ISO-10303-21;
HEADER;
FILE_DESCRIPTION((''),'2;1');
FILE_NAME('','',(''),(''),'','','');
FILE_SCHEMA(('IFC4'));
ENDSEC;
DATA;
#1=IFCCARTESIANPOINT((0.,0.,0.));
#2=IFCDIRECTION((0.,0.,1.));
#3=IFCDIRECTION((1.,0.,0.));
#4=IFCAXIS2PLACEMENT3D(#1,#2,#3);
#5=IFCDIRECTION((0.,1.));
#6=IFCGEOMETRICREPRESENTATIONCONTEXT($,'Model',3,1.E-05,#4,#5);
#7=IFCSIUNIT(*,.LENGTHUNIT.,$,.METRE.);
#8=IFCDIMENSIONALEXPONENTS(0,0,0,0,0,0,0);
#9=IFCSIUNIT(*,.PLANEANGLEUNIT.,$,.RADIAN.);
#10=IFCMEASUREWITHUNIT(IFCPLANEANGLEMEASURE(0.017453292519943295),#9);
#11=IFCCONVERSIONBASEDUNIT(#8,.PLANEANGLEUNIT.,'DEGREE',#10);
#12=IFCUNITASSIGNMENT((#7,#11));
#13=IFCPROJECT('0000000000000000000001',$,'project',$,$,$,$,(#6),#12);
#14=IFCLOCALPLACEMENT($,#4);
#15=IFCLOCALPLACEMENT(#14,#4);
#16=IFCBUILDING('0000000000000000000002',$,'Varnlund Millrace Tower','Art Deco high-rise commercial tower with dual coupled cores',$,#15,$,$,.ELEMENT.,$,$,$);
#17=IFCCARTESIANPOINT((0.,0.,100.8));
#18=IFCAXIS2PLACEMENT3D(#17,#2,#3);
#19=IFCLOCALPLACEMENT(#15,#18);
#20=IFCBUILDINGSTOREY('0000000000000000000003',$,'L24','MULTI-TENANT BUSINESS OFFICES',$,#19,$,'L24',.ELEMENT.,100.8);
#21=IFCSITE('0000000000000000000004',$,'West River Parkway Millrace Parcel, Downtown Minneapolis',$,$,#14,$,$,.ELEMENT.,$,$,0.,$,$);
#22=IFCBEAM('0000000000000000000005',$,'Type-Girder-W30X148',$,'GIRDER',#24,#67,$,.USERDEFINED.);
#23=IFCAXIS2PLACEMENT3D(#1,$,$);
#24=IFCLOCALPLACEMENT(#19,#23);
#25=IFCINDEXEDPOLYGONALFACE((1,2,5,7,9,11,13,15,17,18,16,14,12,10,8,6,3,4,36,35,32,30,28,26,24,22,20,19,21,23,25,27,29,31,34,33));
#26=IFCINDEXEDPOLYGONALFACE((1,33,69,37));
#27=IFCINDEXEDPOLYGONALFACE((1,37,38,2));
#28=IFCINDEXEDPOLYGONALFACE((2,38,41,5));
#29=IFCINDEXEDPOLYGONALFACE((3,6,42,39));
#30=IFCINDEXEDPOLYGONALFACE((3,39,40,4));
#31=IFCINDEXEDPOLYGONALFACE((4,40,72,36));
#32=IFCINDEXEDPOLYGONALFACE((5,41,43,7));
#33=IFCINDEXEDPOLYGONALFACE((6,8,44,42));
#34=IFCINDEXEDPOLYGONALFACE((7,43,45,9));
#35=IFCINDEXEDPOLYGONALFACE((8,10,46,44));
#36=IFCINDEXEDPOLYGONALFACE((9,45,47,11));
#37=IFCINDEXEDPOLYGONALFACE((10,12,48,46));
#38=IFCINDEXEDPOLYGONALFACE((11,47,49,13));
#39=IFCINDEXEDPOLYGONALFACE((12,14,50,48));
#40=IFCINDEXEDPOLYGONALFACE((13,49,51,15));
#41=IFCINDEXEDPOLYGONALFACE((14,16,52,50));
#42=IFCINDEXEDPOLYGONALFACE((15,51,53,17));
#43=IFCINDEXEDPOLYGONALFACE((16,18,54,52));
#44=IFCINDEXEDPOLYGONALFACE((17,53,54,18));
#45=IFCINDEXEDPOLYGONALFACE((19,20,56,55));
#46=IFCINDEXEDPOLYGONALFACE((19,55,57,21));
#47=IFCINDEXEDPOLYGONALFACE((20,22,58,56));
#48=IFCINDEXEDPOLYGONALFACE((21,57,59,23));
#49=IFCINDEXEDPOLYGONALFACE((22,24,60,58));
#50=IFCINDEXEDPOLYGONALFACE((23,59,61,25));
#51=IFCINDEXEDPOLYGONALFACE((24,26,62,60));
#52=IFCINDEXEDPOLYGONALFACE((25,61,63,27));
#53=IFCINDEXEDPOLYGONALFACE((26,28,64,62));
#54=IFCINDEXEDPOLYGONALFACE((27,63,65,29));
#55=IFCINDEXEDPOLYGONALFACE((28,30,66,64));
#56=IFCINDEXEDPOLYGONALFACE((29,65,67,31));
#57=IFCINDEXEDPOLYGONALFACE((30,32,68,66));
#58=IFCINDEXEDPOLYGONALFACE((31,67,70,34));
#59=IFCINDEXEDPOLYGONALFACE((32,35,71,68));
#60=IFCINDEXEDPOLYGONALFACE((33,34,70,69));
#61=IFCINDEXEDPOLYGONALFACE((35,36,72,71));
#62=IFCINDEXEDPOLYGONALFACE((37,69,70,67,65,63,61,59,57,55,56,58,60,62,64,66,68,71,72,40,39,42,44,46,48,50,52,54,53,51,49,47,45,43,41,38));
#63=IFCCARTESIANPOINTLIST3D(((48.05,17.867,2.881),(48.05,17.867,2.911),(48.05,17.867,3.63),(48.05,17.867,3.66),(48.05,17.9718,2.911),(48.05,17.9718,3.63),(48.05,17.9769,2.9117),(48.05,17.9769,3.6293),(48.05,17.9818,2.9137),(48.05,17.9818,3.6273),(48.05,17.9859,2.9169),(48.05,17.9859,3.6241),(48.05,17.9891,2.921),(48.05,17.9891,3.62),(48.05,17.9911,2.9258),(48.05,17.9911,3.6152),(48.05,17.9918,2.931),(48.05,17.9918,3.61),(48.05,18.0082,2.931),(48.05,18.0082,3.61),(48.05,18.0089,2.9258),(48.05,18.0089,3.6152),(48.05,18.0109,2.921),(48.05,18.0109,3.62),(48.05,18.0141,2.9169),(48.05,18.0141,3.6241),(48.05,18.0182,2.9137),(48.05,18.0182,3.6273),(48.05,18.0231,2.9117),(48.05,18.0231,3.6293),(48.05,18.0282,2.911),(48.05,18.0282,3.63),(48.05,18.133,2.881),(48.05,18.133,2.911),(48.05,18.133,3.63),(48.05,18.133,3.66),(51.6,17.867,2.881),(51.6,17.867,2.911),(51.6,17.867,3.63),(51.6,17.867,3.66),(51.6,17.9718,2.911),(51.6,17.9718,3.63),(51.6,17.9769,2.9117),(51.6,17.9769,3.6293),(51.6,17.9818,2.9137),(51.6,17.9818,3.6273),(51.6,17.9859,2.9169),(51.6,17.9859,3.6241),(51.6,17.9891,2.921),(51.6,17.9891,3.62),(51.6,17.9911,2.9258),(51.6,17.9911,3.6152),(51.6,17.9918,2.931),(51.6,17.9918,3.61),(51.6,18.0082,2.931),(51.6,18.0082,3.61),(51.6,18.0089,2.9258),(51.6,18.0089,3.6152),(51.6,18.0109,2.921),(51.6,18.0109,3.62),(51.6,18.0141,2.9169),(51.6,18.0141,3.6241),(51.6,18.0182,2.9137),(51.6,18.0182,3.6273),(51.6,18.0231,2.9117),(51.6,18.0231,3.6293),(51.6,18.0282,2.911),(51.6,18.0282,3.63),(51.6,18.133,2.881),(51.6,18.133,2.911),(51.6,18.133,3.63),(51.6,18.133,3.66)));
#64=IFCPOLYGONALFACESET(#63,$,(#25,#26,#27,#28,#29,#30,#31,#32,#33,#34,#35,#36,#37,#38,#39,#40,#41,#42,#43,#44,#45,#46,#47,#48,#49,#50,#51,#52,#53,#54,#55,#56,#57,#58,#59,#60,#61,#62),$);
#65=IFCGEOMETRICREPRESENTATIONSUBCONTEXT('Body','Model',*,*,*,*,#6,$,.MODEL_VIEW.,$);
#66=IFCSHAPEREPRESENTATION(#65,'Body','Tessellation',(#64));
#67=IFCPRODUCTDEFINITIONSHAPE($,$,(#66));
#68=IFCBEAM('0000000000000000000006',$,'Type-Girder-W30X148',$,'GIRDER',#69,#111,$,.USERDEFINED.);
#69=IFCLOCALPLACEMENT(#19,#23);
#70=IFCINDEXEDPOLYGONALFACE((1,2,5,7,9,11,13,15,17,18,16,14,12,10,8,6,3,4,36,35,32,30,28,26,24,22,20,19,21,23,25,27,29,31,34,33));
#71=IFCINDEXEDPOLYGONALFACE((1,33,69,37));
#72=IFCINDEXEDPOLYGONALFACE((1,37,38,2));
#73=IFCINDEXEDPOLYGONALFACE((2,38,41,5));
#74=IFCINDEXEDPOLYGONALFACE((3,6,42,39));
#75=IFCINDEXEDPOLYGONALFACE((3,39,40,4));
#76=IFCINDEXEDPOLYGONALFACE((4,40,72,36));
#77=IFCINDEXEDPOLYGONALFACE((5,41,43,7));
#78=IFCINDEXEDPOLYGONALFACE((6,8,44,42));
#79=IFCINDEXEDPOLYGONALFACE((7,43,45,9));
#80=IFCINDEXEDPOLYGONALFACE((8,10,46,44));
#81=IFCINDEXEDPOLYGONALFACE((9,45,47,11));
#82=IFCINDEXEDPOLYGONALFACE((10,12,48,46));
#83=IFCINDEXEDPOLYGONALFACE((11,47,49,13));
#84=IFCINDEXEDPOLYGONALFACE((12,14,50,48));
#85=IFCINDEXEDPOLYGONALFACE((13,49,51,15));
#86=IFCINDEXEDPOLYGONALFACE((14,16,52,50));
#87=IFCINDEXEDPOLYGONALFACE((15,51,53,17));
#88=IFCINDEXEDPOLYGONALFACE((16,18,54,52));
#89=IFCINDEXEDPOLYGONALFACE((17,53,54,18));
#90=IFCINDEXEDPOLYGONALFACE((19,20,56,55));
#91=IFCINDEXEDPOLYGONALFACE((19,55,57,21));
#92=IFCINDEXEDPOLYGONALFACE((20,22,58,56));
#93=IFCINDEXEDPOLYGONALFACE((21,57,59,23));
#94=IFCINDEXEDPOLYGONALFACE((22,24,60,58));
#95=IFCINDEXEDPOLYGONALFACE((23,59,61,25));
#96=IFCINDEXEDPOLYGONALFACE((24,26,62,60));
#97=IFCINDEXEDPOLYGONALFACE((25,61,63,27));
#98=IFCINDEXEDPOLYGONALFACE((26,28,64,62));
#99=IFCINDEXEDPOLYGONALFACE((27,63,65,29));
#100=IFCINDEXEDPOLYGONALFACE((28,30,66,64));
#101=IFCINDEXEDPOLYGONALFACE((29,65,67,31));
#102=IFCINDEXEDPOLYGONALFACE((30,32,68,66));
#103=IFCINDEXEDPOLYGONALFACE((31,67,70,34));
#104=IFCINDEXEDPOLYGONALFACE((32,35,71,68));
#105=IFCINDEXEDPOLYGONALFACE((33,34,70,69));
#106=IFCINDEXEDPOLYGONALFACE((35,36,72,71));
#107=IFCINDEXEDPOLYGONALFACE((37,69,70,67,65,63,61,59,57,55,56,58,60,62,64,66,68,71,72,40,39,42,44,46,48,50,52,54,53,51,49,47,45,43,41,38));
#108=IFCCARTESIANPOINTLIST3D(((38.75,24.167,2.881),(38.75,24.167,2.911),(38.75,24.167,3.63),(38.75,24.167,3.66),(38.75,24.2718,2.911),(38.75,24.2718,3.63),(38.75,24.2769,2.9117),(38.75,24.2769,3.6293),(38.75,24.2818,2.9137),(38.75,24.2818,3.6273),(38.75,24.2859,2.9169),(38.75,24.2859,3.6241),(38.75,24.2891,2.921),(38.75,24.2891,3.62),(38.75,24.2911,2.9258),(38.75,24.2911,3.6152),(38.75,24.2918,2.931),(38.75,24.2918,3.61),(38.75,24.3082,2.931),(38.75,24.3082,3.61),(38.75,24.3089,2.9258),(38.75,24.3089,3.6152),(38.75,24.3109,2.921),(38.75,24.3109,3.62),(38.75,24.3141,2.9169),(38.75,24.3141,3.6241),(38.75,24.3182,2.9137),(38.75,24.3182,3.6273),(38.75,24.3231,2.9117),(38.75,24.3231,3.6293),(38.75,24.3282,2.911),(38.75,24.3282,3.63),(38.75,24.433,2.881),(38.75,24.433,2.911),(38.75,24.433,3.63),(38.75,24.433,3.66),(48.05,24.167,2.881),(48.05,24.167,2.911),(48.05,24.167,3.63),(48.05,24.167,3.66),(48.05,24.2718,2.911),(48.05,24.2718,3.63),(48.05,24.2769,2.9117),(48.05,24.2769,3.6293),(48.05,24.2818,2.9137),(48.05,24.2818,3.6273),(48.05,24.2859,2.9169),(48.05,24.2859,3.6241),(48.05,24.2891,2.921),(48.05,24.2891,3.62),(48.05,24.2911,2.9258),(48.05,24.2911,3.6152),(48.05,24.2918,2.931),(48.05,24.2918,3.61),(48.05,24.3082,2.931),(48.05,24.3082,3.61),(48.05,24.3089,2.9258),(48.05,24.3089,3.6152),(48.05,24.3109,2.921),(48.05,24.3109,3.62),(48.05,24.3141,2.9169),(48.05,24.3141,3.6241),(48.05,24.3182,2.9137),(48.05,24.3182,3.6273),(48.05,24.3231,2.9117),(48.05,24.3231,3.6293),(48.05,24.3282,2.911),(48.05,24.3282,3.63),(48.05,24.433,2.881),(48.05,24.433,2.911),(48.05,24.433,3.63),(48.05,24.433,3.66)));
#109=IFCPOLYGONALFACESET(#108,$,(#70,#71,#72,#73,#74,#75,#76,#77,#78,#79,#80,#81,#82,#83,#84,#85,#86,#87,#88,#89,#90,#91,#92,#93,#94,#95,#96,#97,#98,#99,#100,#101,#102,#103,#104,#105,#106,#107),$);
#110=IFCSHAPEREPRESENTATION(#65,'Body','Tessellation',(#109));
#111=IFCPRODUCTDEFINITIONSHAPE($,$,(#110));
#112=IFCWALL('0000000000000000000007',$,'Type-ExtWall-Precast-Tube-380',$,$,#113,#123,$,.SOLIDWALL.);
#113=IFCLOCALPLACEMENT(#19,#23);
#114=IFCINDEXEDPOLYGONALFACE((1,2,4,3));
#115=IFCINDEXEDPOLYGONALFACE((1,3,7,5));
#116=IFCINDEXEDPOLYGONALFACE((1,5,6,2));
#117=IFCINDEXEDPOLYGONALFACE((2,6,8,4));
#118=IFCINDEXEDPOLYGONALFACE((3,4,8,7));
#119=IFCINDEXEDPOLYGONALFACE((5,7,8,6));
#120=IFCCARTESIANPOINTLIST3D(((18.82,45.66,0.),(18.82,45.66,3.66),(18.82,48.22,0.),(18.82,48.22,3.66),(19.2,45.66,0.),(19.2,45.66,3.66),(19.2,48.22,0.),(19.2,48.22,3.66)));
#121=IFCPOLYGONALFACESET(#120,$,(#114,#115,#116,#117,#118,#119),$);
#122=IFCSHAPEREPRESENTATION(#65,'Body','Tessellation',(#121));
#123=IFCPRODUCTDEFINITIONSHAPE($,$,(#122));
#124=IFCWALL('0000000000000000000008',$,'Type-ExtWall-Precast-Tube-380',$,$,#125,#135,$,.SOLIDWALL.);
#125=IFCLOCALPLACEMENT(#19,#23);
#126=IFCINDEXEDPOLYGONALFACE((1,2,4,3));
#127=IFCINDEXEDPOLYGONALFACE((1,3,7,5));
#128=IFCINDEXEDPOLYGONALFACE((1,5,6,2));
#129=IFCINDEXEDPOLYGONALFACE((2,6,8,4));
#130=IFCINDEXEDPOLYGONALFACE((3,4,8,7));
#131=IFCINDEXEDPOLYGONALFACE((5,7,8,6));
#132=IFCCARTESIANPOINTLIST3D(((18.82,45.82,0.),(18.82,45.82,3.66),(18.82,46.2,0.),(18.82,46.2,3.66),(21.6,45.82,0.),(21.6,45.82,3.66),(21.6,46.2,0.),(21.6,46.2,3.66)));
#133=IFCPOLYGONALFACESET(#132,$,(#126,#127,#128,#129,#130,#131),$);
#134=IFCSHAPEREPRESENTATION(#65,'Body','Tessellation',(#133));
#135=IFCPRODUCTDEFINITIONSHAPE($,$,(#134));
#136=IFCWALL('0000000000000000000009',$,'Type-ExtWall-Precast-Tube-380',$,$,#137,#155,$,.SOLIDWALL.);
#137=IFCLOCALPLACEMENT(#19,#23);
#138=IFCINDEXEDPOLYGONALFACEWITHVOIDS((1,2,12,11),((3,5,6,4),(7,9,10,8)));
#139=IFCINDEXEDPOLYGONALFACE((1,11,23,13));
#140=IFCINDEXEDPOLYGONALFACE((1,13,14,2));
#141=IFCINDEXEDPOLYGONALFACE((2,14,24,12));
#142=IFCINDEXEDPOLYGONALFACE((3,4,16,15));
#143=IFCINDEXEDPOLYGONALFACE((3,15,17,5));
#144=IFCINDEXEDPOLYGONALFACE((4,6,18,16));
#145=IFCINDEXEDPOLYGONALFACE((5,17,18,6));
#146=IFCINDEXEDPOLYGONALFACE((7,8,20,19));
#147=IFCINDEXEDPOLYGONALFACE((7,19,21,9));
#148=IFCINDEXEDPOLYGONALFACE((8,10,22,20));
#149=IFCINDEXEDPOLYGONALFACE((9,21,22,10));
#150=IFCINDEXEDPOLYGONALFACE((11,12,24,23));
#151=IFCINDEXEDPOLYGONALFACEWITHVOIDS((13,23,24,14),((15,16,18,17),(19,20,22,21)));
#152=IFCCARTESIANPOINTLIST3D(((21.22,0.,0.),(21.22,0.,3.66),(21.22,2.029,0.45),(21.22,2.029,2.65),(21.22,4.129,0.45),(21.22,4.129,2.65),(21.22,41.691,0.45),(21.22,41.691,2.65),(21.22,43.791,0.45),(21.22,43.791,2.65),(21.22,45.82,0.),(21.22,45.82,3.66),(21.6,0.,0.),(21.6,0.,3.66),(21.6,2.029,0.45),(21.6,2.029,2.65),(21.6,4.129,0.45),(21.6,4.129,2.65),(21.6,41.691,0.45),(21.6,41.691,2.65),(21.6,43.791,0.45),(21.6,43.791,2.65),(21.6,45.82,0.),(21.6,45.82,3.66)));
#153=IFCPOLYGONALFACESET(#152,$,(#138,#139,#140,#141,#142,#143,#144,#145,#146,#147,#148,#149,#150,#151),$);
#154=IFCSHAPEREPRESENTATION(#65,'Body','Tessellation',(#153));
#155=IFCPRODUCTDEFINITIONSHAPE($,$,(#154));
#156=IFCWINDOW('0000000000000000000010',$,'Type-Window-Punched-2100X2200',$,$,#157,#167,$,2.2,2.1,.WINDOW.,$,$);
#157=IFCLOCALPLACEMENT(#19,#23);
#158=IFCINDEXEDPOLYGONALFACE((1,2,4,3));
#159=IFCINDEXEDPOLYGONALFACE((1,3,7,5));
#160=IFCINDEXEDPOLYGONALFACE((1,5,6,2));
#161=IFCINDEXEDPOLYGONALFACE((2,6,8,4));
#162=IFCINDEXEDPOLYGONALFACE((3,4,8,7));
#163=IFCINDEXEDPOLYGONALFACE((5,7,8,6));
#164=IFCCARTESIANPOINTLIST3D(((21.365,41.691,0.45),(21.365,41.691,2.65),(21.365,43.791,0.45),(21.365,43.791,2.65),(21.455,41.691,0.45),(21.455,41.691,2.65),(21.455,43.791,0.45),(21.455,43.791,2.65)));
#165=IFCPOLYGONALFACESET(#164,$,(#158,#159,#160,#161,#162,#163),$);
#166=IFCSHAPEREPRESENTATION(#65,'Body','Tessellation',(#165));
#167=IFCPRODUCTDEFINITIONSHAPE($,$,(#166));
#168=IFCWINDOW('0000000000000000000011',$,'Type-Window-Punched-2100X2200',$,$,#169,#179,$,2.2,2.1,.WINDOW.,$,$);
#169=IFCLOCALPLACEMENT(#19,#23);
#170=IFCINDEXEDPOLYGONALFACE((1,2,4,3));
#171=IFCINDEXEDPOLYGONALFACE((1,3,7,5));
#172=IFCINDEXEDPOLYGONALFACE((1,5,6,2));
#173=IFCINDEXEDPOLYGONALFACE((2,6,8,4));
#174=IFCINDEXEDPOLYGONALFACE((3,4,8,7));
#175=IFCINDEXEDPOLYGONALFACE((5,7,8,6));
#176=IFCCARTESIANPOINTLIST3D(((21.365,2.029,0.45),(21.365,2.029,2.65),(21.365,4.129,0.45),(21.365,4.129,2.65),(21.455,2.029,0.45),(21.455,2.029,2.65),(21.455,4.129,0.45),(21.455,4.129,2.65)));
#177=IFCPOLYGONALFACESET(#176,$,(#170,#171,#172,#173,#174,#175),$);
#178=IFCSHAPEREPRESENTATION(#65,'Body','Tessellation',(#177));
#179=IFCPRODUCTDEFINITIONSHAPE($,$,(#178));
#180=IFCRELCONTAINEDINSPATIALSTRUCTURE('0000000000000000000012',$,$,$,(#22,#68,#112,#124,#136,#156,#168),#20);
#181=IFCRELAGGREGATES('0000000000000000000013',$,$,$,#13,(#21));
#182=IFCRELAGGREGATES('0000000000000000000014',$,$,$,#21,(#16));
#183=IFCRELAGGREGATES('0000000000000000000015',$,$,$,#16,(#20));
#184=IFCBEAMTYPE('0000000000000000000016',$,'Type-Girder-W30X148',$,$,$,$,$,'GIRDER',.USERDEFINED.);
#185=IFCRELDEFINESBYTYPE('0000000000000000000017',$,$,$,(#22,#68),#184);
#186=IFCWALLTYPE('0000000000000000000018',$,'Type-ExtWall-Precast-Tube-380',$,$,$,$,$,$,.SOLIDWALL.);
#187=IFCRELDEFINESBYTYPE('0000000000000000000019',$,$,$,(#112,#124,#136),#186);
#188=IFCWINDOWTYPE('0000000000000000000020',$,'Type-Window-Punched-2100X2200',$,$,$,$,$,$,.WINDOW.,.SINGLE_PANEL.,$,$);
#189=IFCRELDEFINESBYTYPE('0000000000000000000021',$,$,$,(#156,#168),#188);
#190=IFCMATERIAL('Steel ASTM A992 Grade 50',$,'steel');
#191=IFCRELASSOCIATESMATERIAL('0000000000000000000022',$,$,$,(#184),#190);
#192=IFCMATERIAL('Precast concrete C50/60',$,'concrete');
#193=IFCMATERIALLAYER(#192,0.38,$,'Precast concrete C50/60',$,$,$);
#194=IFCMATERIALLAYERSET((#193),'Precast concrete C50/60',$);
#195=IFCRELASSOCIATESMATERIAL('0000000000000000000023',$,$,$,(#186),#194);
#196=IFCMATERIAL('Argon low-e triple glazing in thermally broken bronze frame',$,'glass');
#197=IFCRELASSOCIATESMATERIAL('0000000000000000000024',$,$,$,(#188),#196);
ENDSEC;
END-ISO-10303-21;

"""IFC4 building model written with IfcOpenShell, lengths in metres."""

from ifc_helpers import new_model, entity, si_unit, converted_unit, direction, frame, origin_with_axes, origin_2d_with_axis, place, context, subcontext, project, spatial, polyline, rectangle, i_section, outline, extrude, material, layer, layer_set, material_profile, profile_set, type_object, element, fill, save


model = new_model("IFC4")

# Units and contexts
model_context = context("Model", 3, precision=1e-05, world=origin_with_axes(), true_north=direction((0.0, 1.0)))
body_context = subcontext(model_context, "Body", "Model", "MODEL_VIEW")
ifc_project = project(units=[si_unit("LENGTHUNIT", "METRE"), converted_unit("PLANEANGLEUNIT", "DEGREE", entity("IfcPlaneAngleMeasure", 0.017453292519943295), si_unit("PLANEANGLEUNIT", "RADIAN"), dimensions=[0, 0, 0, 0, 0, 0, 0])], contexts=[model_context])

# Site, building, storey
site_placement = place(None, origin_with_axes())
site = spatial("IfcSite", under=ifc_project, at=site_placement, Name="West River Parkway Millrace Parcel, Downtown Minneapolis", CompositionType="ELEMENT", RefElevation=0.0)
building_placement = place(site_placement, origin_with_axes())
building = spatial("IfcBuilding", under=site, at=building_placement, Name="Varnlund Millrace Tower", Description="Art Deco high-rise commercial tower with dual coupled cores", CompositionType="ELEMENT")
storey_placement = place(building_placement, frame((0.0, 0.0, 100.8), z_axis=(0.0, 0.0, 1.0), x_axis=(1.0, 0.0, 0.0)))
storey = spatial("IfcBuildingStorey", under=building, at=storey_placement, Name="L24", Description="MULTI-TENANT BUSINESS OFFICES", LongName="L24", CompositionType="ELEMENT", Elevation=100.8)

# Beams
ifc_material_1 = material(Name="Steel ASTM A992 Grade 50", Category="steel")
ifc_material_profile_1 = material_profile(ifc_material_1, i_section(OverallWidth=0.266, OverallDepth=0.779, WebThickness=0.0165, FlangeThickness=0.03, FilletRadius=0.02, at=origin_2d_with_axis()), Name="Steel ASTM A992 Grade 50")
ifc_profile_set_1 = profile_set([ifc_material_profile_1], Name="Steel ASTM A992 Grade 50")
beam_type_1 = type_object("IfcBeamType", Name="Type-Girder-W30X148", ElementType="GIRDER", PredefinedType="USERDEFINED", material=ifc_profile_set_1)
beam_1_placement = place(storey_placement, frame((48.05, 18.0, 3.2705), z_axis=(1.0, 0.0, 0.0), x_axis=(0.0, 1.0, 0.0)))
element("IfcBeam", 1, at=beam_1_placement, inside=storey, type_object=beam_type_1, Name="Type-Girder-W30X148", ObjectType="GIRDER", PredefinedType="USERDEFINED", context=body_context, shape_type="SweptSolid", body=[
    extrude(i_section(OverallWidth=0.266, OverallDepth=0.779, WebThickness=0.0165, FlangeThickness=0.03, FilletRadius=0.02, at=origin_2d_with_axis()), origin_with_axes(), (0.0, 0.0, 1.0), 3.55),
])
beam_2_placement = place(storey_placement, frame((38.75, 24.3, 3.2705), z_axis=(1.0, 0.0, 0.0), x_axis=(0.0, 1.0, 0.0)))
element("IfcBeam", 2, at=beam_2_placement, inside=storey, type_object=beam_type_1, Name="Type-Girder-W30X148", ObjectType="GIRDER", PredefinedType="USERDEFINED", context=body_context, shape_type="SweptSolid", body=[
    extrude(i_section(OverallWidth=0.266, OverallDepth=0.779, WebThickness=0.0165, FlangeThickness=0.03, FilletRadius=0.02, at=origin_2d_with_axis()), origin_with_axes(), (0.0, 0.0, 1.0), 9.3),
])

# Walls
ifc_material_2 = material(Name="Precast concrete C50/60", Category="concrete")
ifc_layer = layer(ifc_material_2, 0.38, Name="Precast concrete C50/60")
ifc_layer_set = layer_set([ifc_layer], Name="Precast concrete C50/60")
wall_type = type_object("IfcWallType", Name="Type-ExtWall-Precast-Tube-380", PredefinedType="SOLIDWALL", material=ifc_layer_set)
wall_1_placement = place(storey_placement, frame((19.01, 48.22, 0.0), z_axis=(0.0, 0.0, 1.0), x_axis=(0.0, -1.0, 0.0)))
element("IfcWall", 3, at=wall_1_placement, inside=storey, type_object=wall_type, Name="Type-ExtWall-Precast-Tube-380", PredefinedType="SOLIDWALL", context=body_context, shape_type="SweptSolid", body=[
    extrude(outline(polyline([(0.0, -0.19), (2.56, -0.19), (2.56, 0.19), (0.0, 0.19), (0.0, -0.19)])), origin_with_axes(), (0.0, 0.0, 1.0), 3.66),
])
wall_2_placement = place(storey_placement, frame((18.82, 46.01, 0.0), z_axis=(0.0, 0.0, 1.0), x_axis=(1.0, 0.0, 0.0)))
element("IfcWall", 4, at=wall_2_placement, inside=storey, type_object=wall_type, Name="Type-ExtWall-Precast-Tube-380", PredefinedType="SOLIDWALL", context=body_context, shape_type="SweptSolid", body=[
    extrude(outline(polyline([(0.0, -0.19), (2.78, -0.19), (2.78, 0.19), (0.0, 0.19), (0.0, -0.19)])), origin_with_axes(), (0.0, 0.0, 1.0), 3.66),
])

# Wall, openings, windows
wall_3_placement = place(storey_placement, frame((21.41, 45.82, 0.0), z_axis=(0.0, 0.0, 1.0), x_axis=(0.0, -1.0, 0.0)))
wall_3 = element("IfcWall", 5, at=wall_3_placement, inside=storey, type_object=wall_type, Name="Type-ExtWall-Precast-Tube-380", PredefinedType="SOLIDWALL", context=body_context, shape_type="SweptSolid", body=[
    extrude(outline(polyline([(0.0, -0.19), (45.82, -0.19), (45.82, 0.19), (0.0, 0.19), (0.0, -0.19)])), origin_with_axes(), (0.0, 0.0, 1.0), 3.66),
])
opening_1_placement = place(wall_3_placement, frame((3.079, 0.0, 0.45), z_axis=(0.0, 0.0, 1.0), x_axis=(1.0, 0.0, 0.0)))
opening_1 = element("IfcOpeningElement", 6, at=opening_1_placement, cuts=wall_3, PredefinedType="OPENING", context=body_context, shape_type="SweptSolid", body=[
    extrude(rectangle(XDim=2.1, YDim=0.4, at=origin_2d_with_axis()), origin_with_axes(), (0.0, 0.0, 1.0), 2.2),
])
opening_2_placement = place(wall_3_placement, frame((42.741, 0.0, 0.45), z_axis=(0.0, 0.0, 1.0), x_axis=(1.0, 0.0, 0.0)))
opening_2 = element("IfcOpeningElement", 7, at=opening_2_placement, cuts=wall_3, PredefinedType="OPENING", context=body_context, shape_type="SweptSolid", body=[
    extrude(rectangle(XDim=2.1, YDim=0.4, at=origin_2d_with_axis()), origin_with_axes(), (0.0, 0.0, 1.0), 2.2),
])
ifc_material_3 = material(Name="Argon low-e triple glazing in thermally broken bronze frame", Category="glass")
window_type = type_object("IfcWindowType", Name="Type-Window-Punched-2100X2200", PartitioningType="SINGLE_PANEL", PredefinedType="WINDOW", material=ifc_material_3)
window_1_placement = place(wall_3_placement, frame((3.079, 0.0, 0.45), z_axis=(0.0, 0.0, 1.0), x_axis=(1.0, 0.0, 0.0)))
window_1 = element("IfcWindow", 8, at=window_1_placement, inside=storey, type_object=window_type, Name="Type-Window-Punched-2100X2200", OverallHeight=2.2, OverallWidth=2.1, PredefinedType="WINDOW", context=body_context, shape_type="SweptSolid", body=[
    extrude(rectangle(XDim=2.1, YDim=0.09, at=origin_2d_with_axis()), origin_with_axes(), (0.0, 0.0, 1.0), 2.2),
])
fill(opening_1, window_1)
window_2_placement = place(wall_3_placement, frame((42.741, 0.0, 0.45), z_axis=(0.0, 0.0, 1.0), x_axis=(1.0, 0.0, 0.0)))
window_2 = element("IfcWindow", 9, at=window_2_placement, inside=storey, type_object=window_type, Name="Type-Window-Punched-2100X2200", OverallHeight=2.2, OverallWidth=2.1, PredefinedType="WINDOW", context=body_context, shape_type="SweptSolid", body=[
    extrude(rectangle(XDim=2.1, YDim=0.09, at=origin_2d_with_axis()), origin_with_axes(), (0.0, 0.0, 1.0), 2.2),
])
fill(opening_2, window_2)

save(model, "model.ifc")
